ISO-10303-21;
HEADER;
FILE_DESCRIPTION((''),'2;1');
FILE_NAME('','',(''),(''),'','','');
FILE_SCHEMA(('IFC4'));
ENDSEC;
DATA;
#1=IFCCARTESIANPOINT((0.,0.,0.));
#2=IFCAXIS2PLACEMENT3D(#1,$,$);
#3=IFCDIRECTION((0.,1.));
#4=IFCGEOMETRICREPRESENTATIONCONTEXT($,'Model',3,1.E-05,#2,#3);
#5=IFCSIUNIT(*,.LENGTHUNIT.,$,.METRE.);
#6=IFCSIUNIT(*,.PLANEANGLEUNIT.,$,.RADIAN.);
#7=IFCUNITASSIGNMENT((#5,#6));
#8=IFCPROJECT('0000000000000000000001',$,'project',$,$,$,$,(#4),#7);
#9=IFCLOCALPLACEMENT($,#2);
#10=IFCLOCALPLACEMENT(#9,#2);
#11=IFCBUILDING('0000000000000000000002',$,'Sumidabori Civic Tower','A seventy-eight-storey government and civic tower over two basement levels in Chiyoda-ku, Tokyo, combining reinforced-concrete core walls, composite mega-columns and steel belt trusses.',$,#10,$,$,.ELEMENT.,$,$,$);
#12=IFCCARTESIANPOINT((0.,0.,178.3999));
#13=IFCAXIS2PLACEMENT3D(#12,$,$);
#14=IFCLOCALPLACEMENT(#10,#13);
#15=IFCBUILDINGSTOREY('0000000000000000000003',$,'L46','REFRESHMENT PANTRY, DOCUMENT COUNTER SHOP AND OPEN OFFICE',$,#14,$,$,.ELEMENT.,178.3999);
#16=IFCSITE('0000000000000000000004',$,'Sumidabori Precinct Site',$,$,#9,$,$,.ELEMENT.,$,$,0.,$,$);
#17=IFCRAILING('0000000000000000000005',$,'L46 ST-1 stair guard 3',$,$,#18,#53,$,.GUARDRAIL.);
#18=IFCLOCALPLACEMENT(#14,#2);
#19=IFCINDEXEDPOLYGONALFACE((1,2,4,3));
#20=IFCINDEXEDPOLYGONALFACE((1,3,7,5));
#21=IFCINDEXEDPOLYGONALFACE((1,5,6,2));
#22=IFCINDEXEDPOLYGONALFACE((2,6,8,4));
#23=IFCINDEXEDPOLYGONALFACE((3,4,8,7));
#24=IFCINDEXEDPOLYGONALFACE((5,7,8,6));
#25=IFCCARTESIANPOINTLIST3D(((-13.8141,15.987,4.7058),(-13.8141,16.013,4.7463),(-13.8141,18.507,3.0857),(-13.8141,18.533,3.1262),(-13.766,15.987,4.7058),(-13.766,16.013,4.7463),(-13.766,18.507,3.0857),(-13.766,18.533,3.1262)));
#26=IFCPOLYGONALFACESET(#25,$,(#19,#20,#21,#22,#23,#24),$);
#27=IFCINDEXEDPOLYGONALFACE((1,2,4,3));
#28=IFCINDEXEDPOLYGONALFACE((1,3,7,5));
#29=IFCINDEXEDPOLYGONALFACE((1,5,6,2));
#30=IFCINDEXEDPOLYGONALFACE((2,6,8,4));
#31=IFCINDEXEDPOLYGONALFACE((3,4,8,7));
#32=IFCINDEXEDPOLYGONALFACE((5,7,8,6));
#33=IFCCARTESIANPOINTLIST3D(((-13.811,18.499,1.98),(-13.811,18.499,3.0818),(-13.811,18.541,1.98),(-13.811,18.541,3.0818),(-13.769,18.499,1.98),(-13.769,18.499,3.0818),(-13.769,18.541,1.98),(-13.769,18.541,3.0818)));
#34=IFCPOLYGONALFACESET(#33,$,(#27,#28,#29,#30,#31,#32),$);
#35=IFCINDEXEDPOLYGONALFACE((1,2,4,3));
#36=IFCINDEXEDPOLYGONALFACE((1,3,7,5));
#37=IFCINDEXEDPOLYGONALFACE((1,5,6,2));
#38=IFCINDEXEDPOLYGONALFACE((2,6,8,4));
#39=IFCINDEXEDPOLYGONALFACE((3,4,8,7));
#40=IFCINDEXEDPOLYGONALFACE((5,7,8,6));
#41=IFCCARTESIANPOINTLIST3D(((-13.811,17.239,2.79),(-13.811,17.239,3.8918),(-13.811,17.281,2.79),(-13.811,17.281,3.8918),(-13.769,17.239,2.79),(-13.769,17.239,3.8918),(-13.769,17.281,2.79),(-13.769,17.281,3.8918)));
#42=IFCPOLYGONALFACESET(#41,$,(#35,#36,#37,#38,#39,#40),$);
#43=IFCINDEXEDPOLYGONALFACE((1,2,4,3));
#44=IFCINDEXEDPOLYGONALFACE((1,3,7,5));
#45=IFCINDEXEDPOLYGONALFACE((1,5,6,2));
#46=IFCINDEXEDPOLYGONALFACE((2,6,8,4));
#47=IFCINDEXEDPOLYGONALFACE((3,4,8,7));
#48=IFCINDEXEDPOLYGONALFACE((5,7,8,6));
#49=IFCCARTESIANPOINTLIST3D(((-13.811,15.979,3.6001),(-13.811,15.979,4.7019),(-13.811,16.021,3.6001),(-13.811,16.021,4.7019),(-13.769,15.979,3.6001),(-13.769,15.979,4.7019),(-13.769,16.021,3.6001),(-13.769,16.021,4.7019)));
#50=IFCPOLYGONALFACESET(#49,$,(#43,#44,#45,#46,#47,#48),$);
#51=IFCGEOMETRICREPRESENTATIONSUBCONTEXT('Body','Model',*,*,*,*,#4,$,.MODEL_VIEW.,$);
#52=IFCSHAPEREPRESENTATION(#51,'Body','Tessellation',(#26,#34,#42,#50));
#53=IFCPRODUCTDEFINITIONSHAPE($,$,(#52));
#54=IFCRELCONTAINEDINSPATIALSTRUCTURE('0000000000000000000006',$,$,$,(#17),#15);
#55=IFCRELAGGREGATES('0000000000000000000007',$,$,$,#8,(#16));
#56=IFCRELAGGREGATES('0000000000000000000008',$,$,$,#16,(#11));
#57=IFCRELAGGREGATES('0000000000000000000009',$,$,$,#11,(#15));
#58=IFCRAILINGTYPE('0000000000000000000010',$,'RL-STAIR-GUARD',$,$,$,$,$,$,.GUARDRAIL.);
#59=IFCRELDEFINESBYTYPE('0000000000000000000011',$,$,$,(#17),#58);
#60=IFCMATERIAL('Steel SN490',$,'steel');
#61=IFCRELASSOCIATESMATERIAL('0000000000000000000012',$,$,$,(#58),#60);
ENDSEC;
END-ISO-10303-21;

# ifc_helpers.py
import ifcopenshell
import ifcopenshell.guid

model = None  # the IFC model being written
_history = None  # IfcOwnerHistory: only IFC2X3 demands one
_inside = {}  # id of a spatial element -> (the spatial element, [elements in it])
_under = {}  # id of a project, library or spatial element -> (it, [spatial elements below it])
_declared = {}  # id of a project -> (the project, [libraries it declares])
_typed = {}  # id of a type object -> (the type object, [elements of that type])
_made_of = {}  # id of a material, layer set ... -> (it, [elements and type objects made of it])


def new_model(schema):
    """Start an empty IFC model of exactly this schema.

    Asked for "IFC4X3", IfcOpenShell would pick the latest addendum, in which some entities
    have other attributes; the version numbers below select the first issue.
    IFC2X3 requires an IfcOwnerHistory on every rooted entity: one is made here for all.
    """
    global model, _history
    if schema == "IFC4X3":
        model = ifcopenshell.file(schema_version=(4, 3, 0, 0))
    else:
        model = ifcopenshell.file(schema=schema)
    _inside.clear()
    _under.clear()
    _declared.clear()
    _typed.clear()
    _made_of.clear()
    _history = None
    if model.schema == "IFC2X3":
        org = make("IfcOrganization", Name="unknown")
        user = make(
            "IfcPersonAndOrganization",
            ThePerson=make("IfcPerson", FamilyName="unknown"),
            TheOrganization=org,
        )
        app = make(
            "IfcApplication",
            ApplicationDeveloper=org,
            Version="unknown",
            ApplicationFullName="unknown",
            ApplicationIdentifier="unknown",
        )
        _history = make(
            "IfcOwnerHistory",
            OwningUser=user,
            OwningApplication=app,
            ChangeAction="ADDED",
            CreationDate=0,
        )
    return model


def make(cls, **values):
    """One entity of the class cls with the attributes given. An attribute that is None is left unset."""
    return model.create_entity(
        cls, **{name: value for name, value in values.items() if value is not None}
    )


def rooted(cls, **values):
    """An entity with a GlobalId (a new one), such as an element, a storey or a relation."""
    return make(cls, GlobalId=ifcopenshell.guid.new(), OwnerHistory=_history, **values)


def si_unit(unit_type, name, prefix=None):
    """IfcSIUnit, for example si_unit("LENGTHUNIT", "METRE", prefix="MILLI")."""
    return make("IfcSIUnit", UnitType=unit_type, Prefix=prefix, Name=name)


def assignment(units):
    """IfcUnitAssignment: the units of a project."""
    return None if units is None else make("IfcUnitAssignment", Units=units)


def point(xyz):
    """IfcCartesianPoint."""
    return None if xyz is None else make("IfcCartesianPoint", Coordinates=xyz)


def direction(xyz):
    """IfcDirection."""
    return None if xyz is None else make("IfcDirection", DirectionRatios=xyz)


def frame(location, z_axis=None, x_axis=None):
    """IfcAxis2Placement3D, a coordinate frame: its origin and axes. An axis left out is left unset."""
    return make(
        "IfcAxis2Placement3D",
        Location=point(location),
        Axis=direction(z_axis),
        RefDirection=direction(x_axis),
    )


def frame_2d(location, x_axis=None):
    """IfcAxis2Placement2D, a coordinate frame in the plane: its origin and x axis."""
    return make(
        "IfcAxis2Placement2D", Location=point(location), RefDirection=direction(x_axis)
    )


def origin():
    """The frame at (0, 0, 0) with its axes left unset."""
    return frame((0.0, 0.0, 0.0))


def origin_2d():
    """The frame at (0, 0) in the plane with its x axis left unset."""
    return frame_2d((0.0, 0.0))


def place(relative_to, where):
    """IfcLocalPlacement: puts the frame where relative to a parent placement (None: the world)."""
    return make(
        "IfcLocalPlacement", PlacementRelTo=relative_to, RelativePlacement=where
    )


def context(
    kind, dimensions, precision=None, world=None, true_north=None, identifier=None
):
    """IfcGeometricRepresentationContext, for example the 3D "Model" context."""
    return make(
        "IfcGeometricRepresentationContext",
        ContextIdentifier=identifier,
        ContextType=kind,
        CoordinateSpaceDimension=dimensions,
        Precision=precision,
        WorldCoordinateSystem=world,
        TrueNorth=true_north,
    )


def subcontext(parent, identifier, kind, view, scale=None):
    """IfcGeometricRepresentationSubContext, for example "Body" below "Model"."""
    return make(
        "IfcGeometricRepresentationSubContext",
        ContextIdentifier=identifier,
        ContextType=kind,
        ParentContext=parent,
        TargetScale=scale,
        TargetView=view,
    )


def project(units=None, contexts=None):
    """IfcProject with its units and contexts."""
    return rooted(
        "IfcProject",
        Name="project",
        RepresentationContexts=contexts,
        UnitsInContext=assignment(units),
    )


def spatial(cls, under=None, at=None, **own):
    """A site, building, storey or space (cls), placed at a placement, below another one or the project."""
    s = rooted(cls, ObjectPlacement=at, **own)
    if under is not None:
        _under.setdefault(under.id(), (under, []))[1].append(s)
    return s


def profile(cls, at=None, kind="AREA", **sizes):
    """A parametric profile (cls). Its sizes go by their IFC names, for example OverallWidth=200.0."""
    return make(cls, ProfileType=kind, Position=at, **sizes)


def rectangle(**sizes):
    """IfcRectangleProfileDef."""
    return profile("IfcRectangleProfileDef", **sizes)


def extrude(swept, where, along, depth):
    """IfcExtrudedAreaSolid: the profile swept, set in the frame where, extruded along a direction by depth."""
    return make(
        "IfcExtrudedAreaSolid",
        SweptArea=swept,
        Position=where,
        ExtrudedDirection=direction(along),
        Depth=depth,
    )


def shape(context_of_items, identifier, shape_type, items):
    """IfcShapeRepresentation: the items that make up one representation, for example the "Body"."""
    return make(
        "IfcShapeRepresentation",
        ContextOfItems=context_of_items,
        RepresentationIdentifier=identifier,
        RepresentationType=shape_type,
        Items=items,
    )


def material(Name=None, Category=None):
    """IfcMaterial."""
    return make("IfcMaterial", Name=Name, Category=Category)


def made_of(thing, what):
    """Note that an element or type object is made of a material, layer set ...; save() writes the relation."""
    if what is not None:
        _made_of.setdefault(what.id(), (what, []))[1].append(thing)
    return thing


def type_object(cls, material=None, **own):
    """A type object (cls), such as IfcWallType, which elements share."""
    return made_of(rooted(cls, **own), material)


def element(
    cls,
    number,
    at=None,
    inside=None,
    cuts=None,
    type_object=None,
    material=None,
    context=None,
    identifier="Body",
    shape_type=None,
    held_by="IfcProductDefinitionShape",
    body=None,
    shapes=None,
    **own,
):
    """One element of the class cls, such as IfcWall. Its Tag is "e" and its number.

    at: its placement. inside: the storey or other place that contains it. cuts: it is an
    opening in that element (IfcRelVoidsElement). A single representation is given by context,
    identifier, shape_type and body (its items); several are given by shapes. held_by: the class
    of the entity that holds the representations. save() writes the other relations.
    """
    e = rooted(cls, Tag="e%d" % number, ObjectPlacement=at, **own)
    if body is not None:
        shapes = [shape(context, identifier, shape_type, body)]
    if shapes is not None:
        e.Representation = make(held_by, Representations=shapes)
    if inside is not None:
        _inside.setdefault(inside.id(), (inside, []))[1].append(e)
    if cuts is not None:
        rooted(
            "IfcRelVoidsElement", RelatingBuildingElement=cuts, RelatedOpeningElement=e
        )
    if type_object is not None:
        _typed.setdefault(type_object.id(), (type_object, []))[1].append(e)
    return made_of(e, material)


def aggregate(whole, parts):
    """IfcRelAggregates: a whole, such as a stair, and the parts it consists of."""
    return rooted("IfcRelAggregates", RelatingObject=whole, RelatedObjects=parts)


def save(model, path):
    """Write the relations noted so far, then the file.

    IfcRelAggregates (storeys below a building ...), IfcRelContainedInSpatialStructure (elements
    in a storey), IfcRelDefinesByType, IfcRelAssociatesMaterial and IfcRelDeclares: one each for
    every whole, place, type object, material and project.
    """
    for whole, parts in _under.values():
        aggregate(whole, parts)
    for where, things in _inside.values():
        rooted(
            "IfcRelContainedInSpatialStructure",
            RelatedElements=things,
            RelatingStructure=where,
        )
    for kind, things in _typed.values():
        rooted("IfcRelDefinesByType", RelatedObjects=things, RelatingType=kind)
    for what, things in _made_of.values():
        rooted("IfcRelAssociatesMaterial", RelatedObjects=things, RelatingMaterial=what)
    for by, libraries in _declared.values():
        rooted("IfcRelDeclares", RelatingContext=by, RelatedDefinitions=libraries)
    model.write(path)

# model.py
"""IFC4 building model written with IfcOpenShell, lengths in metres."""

from ifc_helpers import new_model, si_unit, direction, frame, origin, origin_2d, place, context, subcontext, project, spatial, rectangle, extrude, material, type_object, element, save


model = new_model("IFC4")

# Units and contexts
model_context = context("Model", 3, precision=1e-05, world=origin(), true_north=direction((0.0, 1.0)))
body_context = subcontext(model_context, "Body", "Model", "MODEL_VIEW")
ifc_project = project(units=[si_unit("LENGTHUNIT", "METRE"), si_unit("PLANEANGLEUNIT", "RADIAN")], contexts=[model_context])

# Site, building, storey
site_placement = place(None, origin())
site = spatial("IfcSite", under=ifc_project, at=site_placement, Name="Sumidabori Precinct Site", CompositionType="ELEMENT", RefElevation=0.0)
building_placement = place(site_placement, origin())
building = spatial("IfcBuilding", under=site, at=building_placement, Name="Sumidabori Civic Tower", Description="A seventy-eight-storey government and civic tower over two basement levels in Chiyoda-ku, Tokyo, combining reinforced-concrete core walls, composite mega-columns and steel belt trusses.", CompositionType="ELEMENT")
storey_placement = place(building_placement, frame((0.0, 0.0, 178.3999)))
storey = spatial("IfcBuildingStorey", under=building, at=storey_placement, Name="L46", Description="REFRESHMENT PANTRY, DOCUMENT COUNTER SHOP AND OPEN OFFICE", CompositionType="ELEMENT", Elevation=178.3999)

# Shared definitions
ifc_material_1 = material(Name="Steel SN490", Category="steel")

# Railing
railing_type_1 = type_object("IfcRailingType", Name="RL-STAIR-GUARD", PredefinedType="GUARDRAIL", material=ifc_material_1)
railing_1_placement = place(storey_placement, frame((-13.79, 18.52, 1.98)))
element("IfcRailing", 1, at=railing_1_placement, inside=storey, type_object=railing_type_1, Name="L46 ST-1 stair guard 3", PredefinedType="GUARDRAIL", context=body_context, shape_type="SweptSolid", body=[
    extrude(rectangle(XDim=0.0481, YDim=0.0481, at=origin_2d()), frame((0.0, 0.0, 1.126), z_axis=(0.0, -0.841163, 0.540782), x_axis=(1.0, 0.0, 0.0)), (0.0, 0.0, 1.0), 2.9958),
    extrude(rectangle(XDim=0.042, YDim=0.042, at=origin_2d()), origin(), (0.0, 0.0, 1.0), 1.1018),
    extrude(rectangle(XDim=0.042, YDim=0.042, at=origin_2d()), frame((0.0, -1.26, 0.8101)), (0.0, 0.0, 1.0), 1.1018),
    extrude(rectangle(XDim=0.042, YDim=0.042, at=origin_2d()), frame((0.0, -2.52, 1.6201)), (0.0, 0.0, 1.0), 1.1018),
])

save(model, "model.ifc")
